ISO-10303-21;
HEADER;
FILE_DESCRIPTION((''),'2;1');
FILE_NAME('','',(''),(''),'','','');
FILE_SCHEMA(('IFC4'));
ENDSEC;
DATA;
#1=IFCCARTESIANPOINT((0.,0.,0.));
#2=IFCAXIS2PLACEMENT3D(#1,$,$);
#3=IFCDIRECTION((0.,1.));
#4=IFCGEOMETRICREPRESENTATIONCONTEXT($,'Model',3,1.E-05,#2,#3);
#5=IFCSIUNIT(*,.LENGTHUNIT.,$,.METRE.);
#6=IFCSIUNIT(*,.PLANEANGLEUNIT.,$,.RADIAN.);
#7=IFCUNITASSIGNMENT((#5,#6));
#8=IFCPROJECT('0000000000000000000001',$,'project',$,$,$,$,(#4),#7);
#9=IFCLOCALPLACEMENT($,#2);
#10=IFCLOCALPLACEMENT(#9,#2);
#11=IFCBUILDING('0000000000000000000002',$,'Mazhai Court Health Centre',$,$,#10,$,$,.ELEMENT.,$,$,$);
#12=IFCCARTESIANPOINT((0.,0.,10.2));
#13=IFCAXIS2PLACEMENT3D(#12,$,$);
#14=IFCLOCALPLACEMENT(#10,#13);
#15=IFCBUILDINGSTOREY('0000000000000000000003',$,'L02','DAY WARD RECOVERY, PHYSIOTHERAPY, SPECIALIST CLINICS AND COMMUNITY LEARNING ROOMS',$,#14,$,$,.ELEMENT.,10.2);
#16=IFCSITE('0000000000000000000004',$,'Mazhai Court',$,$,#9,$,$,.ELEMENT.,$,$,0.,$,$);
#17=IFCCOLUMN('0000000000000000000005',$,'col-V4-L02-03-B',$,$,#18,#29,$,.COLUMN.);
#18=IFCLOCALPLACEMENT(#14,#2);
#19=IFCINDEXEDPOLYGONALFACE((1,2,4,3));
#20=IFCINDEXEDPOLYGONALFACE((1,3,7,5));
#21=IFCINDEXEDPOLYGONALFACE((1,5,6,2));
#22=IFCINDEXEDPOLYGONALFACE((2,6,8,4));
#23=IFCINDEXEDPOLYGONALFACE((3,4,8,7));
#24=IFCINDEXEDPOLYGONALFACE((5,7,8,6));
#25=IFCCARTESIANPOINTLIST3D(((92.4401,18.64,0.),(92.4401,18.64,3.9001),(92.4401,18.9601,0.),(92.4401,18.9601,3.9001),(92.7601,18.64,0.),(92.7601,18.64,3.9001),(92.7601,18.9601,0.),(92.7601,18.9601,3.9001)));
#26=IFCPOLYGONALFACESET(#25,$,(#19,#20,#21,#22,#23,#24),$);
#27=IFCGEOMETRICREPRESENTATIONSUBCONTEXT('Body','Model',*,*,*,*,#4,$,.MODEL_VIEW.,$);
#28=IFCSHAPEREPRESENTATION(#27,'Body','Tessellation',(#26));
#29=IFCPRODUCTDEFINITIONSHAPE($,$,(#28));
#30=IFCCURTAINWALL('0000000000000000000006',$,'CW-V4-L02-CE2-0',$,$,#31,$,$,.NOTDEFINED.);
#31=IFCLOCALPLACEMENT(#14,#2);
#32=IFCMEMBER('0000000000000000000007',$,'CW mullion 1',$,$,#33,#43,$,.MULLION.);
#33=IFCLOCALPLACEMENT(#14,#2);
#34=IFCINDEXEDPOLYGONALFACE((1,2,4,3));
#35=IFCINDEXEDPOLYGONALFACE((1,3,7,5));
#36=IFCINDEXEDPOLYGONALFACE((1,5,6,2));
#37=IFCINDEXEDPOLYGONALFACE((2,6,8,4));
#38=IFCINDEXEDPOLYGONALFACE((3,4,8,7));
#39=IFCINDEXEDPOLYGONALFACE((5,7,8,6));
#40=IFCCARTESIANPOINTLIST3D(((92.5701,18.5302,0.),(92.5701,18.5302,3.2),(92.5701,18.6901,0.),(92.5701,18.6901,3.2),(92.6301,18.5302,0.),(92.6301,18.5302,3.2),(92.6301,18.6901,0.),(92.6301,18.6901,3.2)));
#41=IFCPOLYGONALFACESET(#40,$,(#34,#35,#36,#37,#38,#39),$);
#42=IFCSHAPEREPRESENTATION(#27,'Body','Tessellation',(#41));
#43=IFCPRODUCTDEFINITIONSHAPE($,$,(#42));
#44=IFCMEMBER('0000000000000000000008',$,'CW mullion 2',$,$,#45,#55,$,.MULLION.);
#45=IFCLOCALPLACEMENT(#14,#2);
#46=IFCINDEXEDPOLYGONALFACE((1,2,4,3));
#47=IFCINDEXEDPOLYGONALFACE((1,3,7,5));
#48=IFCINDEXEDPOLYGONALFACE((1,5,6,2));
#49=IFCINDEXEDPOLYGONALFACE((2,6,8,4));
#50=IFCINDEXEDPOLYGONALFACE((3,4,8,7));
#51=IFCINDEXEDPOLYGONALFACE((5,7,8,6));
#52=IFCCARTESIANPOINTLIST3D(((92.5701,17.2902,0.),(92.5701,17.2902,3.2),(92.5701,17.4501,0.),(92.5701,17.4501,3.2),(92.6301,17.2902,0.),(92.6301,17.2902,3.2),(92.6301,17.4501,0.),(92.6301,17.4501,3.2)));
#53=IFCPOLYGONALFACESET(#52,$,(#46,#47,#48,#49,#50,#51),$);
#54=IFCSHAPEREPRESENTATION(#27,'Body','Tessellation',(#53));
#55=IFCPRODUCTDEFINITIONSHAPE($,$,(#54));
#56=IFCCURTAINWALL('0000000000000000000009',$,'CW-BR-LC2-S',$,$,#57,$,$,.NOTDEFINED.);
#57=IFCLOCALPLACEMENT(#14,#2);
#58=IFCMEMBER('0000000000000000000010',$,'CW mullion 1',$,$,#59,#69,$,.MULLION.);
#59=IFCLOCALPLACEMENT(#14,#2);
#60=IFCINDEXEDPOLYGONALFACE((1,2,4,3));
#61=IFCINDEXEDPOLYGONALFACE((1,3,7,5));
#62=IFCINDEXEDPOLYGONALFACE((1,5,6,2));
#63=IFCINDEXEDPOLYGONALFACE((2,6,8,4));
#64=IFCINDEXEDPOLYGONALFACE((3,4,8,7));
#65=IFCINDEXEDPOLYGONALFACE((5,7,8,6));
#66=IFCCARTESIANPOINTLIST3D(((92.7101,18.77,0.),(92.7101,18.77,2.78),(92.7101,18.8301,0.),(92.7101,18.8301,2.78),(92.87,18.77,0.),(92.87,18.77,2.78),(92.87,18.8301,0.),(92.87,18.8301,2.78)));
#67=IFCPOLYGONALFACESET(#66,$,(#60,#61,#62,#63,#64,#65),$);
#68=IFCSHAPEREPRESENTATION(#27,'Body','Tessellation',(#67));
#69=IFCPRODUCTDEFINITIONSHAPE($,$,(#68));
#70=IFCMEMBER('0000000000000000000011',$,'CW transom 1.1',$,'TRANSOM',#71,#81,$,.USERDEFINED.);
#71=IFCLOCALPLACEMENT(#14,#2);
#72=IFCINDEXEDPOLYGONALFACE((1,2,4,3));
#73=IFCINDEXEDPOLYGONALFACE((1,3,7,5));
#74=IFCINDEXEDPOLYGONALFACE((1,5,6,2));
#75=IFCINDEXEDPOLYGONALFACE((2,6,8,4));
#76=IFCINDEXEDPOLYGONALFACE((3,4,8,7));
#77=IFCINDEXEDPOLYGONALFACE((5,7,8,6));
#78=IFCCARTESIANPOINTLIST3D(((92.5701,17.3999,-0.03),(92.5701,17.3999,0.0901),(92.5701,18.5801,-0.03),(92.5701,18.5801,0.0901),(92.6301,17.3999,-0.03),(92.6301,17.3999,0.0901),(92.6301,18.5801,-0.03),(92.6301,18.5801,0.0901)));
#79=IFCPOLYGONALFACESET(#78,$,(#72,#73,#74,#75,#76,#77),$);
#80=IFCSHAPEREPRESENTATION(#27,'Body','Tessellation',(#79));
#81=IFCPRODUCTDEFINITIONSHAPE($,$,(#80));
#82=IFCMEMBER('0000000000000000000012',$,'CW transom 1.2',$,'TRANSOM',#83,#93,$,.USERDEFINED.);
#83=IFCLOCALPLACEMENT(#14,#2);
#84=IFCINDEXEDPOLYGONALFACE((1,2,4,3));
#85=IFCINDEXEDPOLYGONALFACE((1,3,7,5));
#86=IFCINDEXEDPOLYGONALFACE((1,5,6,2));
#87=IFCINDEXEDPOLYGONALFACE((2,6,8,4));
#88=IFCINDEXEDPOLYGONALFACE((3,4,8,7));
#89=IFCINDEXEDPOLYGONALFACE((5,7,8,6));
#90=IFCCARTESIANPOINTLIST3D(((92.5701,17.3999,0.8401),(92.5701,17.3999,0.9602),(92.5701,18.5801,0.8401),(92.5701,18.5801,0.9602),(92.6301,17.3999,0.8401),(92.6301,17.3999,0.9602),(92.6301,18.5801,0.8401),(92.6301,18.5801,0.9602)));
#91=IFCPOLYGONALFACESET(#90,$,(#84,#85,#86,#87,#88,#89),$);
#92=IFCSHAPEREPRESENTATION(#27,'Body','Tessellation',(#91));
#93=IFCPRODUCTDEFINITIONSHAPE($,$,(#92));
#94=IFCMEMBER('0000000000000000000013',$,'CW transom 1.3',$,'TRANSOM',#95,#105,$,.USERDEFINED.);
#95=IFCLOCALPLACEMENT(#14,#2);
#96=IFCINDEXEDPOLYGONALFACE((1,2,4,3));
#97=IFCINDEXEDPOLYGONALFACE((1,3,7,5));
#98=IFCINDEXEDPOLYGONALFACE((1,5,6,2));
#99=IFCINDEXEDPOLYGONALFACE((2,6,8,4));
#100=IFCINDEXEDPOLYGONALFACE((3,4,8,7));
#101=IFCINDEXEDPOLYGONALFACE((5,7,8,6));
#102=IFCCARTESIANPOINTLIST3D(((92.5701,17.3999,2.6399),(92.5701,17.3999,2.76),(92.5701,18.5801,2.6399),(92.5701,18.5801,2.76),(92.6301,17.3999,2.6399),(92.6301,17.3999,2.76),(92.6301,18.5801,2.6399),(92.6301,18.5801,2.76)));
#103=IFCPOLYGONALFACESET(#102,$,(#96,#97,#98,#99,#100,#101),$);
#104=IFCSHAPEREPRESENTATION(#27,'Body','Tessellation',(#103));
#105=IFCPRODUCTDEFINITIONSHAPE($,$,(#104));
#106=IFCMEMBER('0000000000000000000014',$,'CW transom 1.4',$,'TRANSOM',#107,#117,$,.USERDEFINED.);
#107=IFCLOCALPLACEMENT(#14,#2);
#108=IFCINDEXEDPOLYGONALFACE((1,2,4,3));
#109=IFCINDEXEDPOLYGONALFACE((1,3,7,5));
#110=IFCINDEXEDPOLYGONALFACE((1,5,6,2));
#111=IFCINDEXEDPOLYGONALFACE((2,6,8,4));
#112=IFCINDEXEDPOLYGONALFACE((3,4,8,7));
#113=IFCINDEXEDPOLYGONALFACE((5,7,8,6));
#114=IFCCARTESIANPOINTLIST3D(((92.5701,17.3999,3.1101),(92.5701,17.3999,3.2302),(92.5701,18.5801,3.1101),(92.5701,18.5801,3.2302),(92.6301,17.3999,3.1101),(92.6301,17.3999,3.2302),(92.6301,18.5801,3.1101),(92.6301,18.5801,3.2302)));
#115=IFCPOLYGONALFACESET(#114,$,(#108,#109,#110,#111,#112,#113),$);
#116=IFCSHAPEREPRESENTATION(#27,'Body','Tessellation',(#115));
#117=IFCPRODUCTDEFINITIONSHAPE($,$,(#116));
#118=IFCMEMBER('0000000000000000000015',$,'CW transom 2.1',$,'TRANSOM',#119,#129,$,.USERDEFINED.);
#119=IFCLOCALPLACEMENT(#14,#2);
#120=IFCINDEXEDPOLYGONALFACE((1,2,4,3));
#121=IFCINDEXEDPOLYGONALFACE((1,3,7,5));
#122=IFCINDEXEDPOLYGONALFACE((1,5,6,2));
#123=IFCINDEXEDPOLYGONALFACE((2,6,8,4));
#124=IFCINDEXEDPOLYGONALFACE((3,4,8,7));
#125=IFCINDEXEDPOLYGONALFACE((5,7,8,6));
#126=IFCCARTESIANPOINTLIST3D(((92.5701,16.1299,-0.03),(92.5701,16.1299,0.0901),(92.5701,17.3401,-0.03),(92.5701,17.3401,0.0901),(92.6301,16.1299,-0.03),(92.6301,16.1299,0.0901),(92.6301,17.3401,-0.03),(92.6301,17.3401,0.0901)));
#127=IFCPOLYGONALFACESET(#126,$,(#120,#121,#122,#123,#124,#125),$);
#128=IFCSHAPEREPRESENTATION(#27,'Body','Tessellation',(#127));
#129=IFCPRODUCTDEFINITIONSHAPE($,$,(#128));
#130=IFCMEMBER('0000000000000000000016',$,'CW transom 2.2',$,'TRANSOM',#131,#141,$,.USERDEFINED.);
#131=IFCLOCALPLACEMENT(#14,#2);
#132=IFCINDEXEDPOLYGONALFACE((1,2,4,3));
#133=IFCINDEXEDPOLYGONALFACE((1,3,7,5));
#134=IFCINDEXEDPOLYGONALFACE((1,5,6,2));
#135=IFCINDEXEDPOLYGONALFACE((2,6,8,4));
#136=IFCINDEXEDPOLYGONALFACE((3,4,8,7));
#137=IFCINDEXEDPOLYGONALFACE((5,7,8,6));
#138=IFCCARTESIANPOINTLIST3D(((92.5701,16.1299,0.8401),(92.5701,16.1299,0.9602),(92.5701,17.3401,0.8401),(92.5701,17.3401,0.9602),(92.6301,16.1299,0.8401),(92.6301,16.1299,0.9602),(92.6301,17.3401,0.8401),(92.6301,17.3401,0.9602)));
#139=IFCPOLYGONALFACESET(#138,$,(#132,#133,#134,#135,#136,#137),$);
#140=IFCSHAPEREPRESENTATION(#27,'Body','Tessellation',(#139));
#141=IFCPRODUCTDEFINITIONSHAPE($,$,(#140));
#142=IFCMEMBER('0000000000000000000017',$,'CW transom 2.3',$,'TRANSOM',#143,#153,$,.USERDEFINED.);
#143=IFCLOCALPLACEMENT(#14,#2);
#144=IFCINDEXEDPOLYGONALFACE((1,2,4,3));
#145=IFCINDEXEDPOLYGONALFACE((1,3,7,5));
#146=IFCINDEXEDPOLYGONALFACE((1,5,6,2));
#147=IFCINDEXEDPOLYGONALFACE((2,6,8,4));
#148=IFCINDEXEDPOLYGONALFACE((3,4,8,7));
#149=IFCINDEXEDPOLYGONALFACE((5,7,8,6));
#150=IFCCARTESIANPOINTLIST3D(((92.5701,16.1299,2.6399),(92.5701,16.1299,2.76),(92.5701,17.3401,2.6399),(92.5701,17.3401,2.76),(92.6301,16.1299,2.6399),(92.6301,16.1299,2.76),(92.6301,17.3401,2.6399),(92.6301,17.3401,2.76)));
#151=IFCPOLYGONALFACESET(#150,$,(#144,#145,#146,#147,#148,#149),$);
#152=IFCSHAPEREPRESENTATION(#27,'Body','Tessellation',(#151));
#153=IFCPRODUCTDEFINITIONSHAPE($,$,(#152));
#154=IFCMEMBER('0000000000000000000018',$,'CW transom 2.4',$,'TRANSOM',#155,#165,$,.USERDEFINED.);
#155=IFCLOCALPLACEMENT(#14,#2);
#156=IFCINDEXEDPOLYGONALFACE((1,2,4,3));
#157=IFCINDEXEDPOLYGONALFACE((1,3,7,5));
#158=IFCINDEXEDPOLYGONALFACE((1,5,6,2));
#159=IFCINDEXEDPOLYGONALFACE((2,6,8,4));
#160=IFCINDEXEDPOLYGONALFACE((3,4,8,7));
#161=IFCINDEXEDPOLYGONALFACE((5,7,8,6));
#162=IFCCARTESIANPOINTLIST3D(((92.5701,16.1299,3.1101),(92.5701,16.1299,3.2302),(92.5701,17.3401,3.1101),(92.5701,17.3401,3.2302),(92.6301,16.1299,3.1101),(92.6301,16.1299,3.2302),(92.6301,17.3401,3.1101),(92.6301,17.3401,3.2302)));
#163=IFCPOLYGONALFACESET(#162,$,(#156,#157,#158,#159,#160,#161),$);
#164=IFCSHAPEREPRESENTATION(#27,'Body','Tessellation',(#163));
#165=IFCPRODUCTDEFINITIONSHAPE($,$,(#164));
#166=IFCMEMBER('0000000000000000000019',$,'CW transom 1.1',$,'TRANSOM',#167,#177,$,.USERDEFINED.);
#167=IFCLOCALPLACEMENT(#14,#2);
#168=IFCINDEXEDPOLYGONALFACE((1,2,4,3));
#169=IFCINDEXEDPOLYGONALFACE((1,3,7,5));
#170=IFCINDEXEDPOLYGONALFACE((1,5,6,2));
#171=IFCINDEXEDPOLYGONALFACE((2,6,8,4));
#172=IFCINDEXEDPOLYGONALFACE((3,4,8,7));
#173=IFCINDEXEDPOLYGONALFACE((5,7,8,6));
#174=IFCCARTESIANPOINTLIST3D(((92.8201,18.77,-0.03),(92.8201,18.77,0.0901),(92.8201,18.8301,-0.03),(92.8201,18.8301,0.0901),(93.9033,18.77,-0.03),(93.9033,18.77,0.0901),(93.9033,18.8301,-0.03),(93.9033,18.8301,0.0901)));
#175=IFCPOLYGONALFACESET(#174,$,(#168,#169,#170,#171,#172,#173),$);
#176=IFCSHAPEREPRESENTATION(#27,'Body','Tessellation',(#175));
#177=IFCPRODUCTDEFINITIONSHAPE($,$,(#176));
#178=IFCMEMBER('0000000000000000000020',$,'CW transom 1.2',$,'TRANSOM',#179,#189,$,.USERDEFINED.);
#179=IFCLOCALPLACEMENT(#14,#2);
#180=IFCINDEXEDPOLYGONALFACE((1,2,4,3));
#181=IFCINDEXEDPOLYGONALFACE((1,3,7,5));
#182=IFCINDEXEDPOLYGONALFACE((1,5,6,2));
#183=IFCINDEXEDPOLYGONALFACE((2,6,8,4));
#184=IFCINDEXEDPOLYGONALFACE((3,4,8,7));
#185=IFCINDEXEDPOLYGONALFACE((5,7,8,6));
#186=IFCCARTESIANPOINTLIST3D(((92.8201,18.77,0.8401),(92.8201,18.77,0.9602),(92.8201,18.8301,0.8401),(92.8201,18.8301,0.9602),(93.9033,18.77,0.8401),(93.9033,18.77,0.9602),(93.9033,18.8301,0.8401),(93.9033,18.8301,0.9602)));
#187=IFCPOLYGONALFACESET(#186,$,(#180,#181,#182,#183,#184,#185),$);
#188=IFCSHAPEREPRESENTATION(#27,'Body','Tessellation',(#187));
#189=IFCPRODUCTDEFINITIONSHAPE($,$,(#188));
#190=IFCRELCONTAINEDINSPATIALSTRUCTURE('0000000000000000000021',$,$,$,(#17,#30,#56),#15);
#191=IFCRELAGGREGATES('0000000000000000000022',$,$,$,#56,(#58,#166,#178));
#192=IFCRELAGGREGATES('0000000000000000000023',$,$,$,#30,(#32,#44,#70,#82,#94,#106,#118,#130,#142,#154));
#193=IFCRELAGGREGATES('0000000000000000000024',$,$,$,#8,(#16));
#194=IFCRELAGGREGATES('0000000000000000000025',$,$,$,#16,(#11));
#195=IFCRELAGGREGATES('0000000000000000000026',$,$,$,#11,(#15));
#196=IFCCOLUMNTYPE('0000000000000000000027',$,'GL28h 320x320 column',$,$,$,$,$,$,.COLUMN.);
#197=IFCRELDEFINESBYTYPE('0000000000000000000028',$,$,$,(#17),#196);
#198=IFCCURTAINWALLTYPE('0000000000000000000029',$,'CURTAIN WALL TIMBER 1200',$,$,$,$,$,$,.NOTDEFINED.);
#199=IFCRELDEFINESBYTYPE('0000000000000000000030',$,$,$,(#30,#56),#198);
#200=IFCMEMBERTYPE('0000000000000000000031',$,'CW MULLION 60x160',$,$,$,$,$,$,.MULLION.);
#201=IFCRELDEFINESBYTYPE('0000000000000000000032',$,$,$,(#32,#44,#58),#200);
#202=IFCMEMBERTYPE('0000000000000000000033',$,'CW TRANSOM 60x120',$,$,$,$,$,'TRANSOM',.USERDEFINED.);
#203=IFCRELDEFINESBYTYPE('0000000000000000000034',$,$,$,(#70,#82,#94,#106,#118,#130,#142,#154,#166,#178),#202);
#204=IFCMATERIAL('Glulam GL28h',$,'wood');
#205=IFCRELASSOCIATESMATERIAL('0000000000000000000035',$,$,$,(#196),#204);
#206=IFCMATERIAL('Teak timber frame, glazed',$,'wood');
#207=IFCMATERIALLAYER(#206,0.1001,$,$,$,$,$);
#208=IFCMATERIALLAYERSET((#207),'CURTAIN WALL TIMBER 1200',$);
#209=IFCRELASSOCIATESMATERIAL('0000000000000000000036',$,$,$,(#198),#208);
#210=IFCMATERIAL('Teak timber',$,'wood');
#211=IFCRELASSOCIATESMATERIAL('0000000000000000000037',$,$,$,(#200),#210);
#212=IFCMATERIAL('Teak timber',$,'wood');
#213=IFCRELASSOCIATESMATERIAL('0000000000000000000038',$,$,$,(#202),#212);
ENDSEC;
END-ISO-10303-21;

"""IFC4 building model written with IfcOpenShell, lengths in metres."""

from ifc_helpers import new_model, si_unit, direction, frame, origin, origin_2d, place, context, subcontext, project, spatial, rectangle, extrude, material, layer, layer_set, material_profile, profile_set, type_object, element, aggregate, save


model = new_model("IFC4")

# Units and contexts
model_context = context("Model", 3, precision=1e-05, world=origin(), true_north=direction((0.0, 1.0)))
body_context = subcontext(model_context, "Body", "Model", "MODEL_VIEW")
ifc_project = project(units=[si_unit("LENGTHUNIT", "METRE"), si_unit("PLANEANGLEUNIT", "RADIAN")], contexts=[model_context])

# Site, building, storey
site_placement = place(None, origin())
site = spatial("IfcSite", under=ifc_project, at=site_placement, Name="Mazhai Court", CompositionType="ELEMENT", RefElevation=0.0)
building_placement = place(site_placement, origin())
building = spatial("IfcBuilding", under=site, at=building_placement, Name="Mazhai Court Health Centre", CompositionType="ELEMENT")
storey_placement = place(building_placement, frame((0.0, 0.0, 10.2)))
storey = spatial("IfcBuildingStorey", under=building, at=storey_placement, Name="L02", Description="DAY WARD RECOVERY, PHYSIOTHERAPY, SPECIALIST CLINICS AND COMMUNITY LEARNING ROOMS", CompositionType="ELEMENT", Elevation=10.2)

# Column
ifc_material_1 = material(Name="Glulam GL28h", Category="wood")
ifc_material_profile_1 = material_profile(ifc_material_1, rectangle(XDim=0.3201, YDim=0.3201, at=origin_2d()), Name="GL28h 320x320")
ifc_profile_set_1 = profile_set([ifc_material_profile_1], Name="Glulam GL28h")
column_type = type_object("IfcColumnType", Name="GL28h 320x320 column", PredefinedType="COLUMN", material=ifc_profile_set_1)
column_placement = place(storey_placement, frame((92.6001, 18.8, 0.0), z_axis=(0.0, 0.0, 1.0), x_axis=(1.0, 0.0, 0.0)))
element("IfcColumn", 1, at=column_placement, inside=storey, type_object=column_type, Name="col-V4-L02-03-B", PredefinedType="COLUMN", context=body_context, shape_type="SweptSolid", body=[
    extrude(rectangle(XDim=0.3201, YDim=0.3201, at=origin_2d()), origin(), (0.0, 0.0, 1.0), 3.9001),
])

# Curtain wall, members
ifc_material_2 = material(Name="Teak timber frame, glazed", Category="wood")
ifc_layer_1 = layer(ifc_material_2, 0.1001)
ifc_layer_set_1 = layer_set([ifc_layer_1], Name="CURTAIN WALL TIMBER 1200")
curtain_wall_type = type_object("IfcCurtainWallType", Name="CURTAIN WALL TIMBER 1200", PredefinedType="NOTDEFINED", material=ifc_layer_set_1)
curtain_wall_1_placement = place(storey_placement, origin())
curtain_wall_1 = element("IfcCurtainWall", 2, at=curtain_wall_1_placement, inside=storey, type_object=curtain_wall_type, Name="CW-V4-L02-CE2-0", PredefinedType="NOTDEFINED")
ifc_material_3 = material(Name="Teak timber", Category="wood")
ifc_material_profile_2 = material_profile(ifc_material_3, rectangle(XDim=0.0601, YDim=0.1599, at=origin_2d()), Name="CW MULLION 60x160")
ifc_profile_set_2 = profile_set([ifc_material_profile_2], Name="Teak timber")
member_type_1 = type_object("IfcMemberType", Name="CW MULLION 60x160", PredefinedType="MULLION", material=ifc_profile_set_2)
member_1_placement = place(storey_placement, frame((92.6001, 18.6101, 0.0), z_axis=(0.0, 0.0, 1.0), x_axis=(1.0, 0.0, 0.0)))
member_1 = element("IfcMember", 3, at=member_1_placement, type_object=member_type_1, Name="CW mullion 1", PredefinedType="MULLION", context=body_context, shape_type="SweptSolid", body=[
    extrude(rectangle(XDim=0.0601, YDim=0.1599, at=origin_2d()), origin(), (0.0, 0.0, 1.0), 3.2),
])
member_2_placement = place(storey_placement, frame((92.6001, 17.3701, 0.0), z_axis=(0.0, 0.0, 1.0), x_axis=(1.0, 0.0, 0.0)))
member_2 = element("IfcMember", 4, at=member_2_placement, type_object=member_type_1, Name="CW mullion 2", PredefinedType="MULLION", context=body_context, shape_type="SweptSolid", body=[
    extrude(rectangle(XDim=0.0601, YDim=0.1599, at=origin_2d()), origin(), (0.0, 0.0, 1.0), 3.2),
])

# Curtain wall, member
curtain_wall_2_placement = place(storey_placement, origin())
curtain_wall_2 = element("IfcCurtainWall", 5, at=curtain_wall_2_placement, inside=storey, type_object=curtain_wall_type, Name="CW-BR-LC2-S", PredefinedType="NOTDEFINED")
member_3_placement = place(storey_placement, frame((92.79, 18.8, 0.0), z_axis=(0.0, 0.0, 1.0), x_axis=(0.0, 1.0, 0.0)))
member_3 = element("IfcMember", 6, at=member_3_placement, type_object=member_type_1, Name="CW mullion 1", PredefinedType="MULLION", context=body_context, shape_type="SweptSolid", body=[
    extrude(rectangle(XDim=0.0601, YDim=0.1599, at=origin_2d()), origin(), (0.0, 0.0, 1.0), 2.78),
])

# Members
ifc_material_4 = material(Name="Teak timber", Category="wood")
ifc_material_profile_3 = material_profile(ifc_material_4, rectangle(XDim=0.0601, YDim=0.1201, at=origin_2d()), Name="CW TRANSOM 60x120")
ifc_profile_set_3 = profile_set([ifc_material_profile_3], Name="Teak timber")
member_type_2 = type_object("IfcMemberType", Name="CW TRANSOM 60x120", ElementType="TRANSOM", PredefinedType="USERDEFINED", material=ifc_profile_set_3)
member_4_placement = place(storey_placement, frame((92.6001, 18.5801, 0.03), z_axis=(0.0, -1.0, 0.0), x_axis=(1.0, 0.0, 0.0)))
member_4 = element("IfcMember", 7, at=member_4_placement, type_object=member_type_2, Name="CW transom 1.1", ObjectType="TRANSOM", PredefinedType="USERDEFINED", context=body_context, shape_type="SweptSolid", body=[
    extrude(rectangle(XDim=0.0601, YDim=0.1201, at=origin_2d()), origin(), (0.0, 0.0, 1.0), 1.1802),
])
member_5_placement = place(storey_placement, frame((92.6001, 18.5801, 0.9001), z_axis=(0.0, -1.0, 0.0), x_axis=(1.0, 0.0, 0.0)))
member_5 = element("IfcMember", 8, at=member_5_placement, type_object=member_type_2, Name="CW transom 1.2", ObjectType="TRANSOM", PredefinedType="USERDEFINED", context=body_context, shape_type="SweptSolid", body=[
    extrude(rectangle(XDim=0.0601, YDim=0.1201, at=origin_2d()), origin(), (0.0, 0.0, 1.0), 1.1802),
])
member_6_placement = place(storey_placement, frame((92.6001, 18.5801, 2.7), z_axis=(0.0, -1.0, 0.0), x_axis=(1.0, 0.0, 0.0)))
member_6 = element("IfcMember", 9, at=member_6_placement, type_object=member_type_2, Name="CW transom 1.3", ObjectType="TRANSOM", PredefinedType="USERDEFINED", context=body_context, shape_type="SweptSolid", body=[
    extrude(rectangle(XDim=0.0601, YDim=0.1201, at=origin_2d()), origin(), (0.0, 0.0, 1.0), 1.1802),
])
member_7_placement = place(storey_placement, frame((92.6001, 18.5801, 3.1702), z_axis=(0.0, -1.0, 0.0), x_axis=(1.0, 0.0, 0.0)))
member_7 = element("IfcMember", 10, at=member_7_placement, type_object=member_type_2, Name="CW transom 1.4", ObjectType="TRANSOM", PredefinedType="USERDEFINED", context=body_context, shape_type="SweptSolid", body=[
    extrude(rectangle(XDim=0.0601, YDim=0.1201, at=origin_2d()), origin(), (0.0, 0.0, 1.0), 1.1802),
])
member_8_placement = place(storey_placement, frame((92.6001, 17.3401, 0.03), z_axis=(0.0, -1.0, 0.0), x_axis=(1.0, 0.0, 0.0)))
member_8 = element("IfcMember", 11, at=member_8_placement, type_object=member_type_2, Name="CW transom 2.1", ObjectType="TRANSOM", PredefinedType="USERDEFINED", context=body_context, shape_type="SweptSolid", body=[
    extrude(rectangle(XDim=0.0601, YDim=0.1201, at=origin_2d()), origin(), (0.0, 0.0, 1.0), 1.2102),
])
member_9_placement = place(storey_placement, frame((92.6001, 17.3401, 0.9001), z_axis=(0.0, -1.0, 0.0), x_axis=(1.0, 0.0, 0.0)))
member_9 = element("IfcMember", 12, at=member_9_placement, type_object=member_type_2, Name="CW transom 2.2", ObjectType="TRANSOM", PredefinedType="USERDEFINED", context=body_context, shape_type="SweptSolid", body=[
    extrude(rectangle(XDim=0.0601, YDim=0.1201, at=origin_2d()), origin(), (0.0, 0.0, 1.0), 1.2102),
])
member_10_placement = place(storey_placement, frame((92.6001, 17.3401, 2.7), z_axis=(0.0, -1.0, 0.0), x_axis=(1.0, 0.0, 0.0)))
member_10 = element("IfcMember", 13, at=member_10_placement, type_object=member_type_2, Name="CW transom 2.3", ObjectType="TRANSOM", PredefinedType="USERDEFINED", context=body_context, shape_type="SweptSolid", body=[
    extrude(rectangle(XDim=0.0601, YDim=0.1201, at=origin_2d()), origin(), (0.0, 0.0, 1.0), 1.2102),
])
member_11_placement = place(storey_placement, frame((92.6001, 17.3401, 3.1702), z_axis=(0.0, -1.0, 0.0), x_axis=(1.0, 0.0, 0.0)))
member_11 = element("IfcMember", 14, at=member_11_placement, type_object=member_type_2, Name="CW transom 2.4", ObjectType="TRANSOM", PredefinedType="USERDEFINED", context=body_context, shape_type="SweptSolid", body=[
    extrude(rectangle(XDim=0.0601, YDim=0.1201, at=origin_2d()), origin(), (0.0, 0.0, 1.0), 1.2102),
])
member_12_placement = place(storey_placement, frame((92.8201, 18.8, 0.03), z_axis=(1.0, 0.0, 0.0), x_axis=(0.0, 1.0, 0.0)))
member_12 = element("IfcMember", 15, at=member_12_placement, type_object=member_type_2, Name="CW transom 1.1", ObjectType="TRANSOM", PredefinedType="USERDEFINED", context=body_context, shape_type="SweptSolid", body=[
    extrude(rectangle(XDim=0.0601, YDim=0.1201, at=origin_2d()), origin(), (0.0, 0.0, 1.0), 1.0833),
])
member_13_placement = place(storey_placement, frame((92.8201, 18.8, 0.9001), z_axis=(1.0, 0.0, 0.0), x_axis=(0.0, 1.0, 0.0)))
member_13 = element("IfcMember", 16, at=member_13_placement, type_object=member_type_2, Name="CW transom 1.2", ObjectType="TRANSOM", PredefinedType="USERDEFINED", context=body_context, shape_type="SweptSolid", body=[
    extrude(rectangle(XDim=0.0601, YDim=0.1201, at=origin_2d()), origin(), (0.0, 0.0, 1.0), 1.0833),
])
aggregate(curtain_wall_2, [member_3, member_12, member_13])

aggregate(curtain_wall_1, [member_1, member_2, member_4, member_5, member_6, member_7, member_8, member_9, member_10, member_11])

save(model, "model.ifc")
